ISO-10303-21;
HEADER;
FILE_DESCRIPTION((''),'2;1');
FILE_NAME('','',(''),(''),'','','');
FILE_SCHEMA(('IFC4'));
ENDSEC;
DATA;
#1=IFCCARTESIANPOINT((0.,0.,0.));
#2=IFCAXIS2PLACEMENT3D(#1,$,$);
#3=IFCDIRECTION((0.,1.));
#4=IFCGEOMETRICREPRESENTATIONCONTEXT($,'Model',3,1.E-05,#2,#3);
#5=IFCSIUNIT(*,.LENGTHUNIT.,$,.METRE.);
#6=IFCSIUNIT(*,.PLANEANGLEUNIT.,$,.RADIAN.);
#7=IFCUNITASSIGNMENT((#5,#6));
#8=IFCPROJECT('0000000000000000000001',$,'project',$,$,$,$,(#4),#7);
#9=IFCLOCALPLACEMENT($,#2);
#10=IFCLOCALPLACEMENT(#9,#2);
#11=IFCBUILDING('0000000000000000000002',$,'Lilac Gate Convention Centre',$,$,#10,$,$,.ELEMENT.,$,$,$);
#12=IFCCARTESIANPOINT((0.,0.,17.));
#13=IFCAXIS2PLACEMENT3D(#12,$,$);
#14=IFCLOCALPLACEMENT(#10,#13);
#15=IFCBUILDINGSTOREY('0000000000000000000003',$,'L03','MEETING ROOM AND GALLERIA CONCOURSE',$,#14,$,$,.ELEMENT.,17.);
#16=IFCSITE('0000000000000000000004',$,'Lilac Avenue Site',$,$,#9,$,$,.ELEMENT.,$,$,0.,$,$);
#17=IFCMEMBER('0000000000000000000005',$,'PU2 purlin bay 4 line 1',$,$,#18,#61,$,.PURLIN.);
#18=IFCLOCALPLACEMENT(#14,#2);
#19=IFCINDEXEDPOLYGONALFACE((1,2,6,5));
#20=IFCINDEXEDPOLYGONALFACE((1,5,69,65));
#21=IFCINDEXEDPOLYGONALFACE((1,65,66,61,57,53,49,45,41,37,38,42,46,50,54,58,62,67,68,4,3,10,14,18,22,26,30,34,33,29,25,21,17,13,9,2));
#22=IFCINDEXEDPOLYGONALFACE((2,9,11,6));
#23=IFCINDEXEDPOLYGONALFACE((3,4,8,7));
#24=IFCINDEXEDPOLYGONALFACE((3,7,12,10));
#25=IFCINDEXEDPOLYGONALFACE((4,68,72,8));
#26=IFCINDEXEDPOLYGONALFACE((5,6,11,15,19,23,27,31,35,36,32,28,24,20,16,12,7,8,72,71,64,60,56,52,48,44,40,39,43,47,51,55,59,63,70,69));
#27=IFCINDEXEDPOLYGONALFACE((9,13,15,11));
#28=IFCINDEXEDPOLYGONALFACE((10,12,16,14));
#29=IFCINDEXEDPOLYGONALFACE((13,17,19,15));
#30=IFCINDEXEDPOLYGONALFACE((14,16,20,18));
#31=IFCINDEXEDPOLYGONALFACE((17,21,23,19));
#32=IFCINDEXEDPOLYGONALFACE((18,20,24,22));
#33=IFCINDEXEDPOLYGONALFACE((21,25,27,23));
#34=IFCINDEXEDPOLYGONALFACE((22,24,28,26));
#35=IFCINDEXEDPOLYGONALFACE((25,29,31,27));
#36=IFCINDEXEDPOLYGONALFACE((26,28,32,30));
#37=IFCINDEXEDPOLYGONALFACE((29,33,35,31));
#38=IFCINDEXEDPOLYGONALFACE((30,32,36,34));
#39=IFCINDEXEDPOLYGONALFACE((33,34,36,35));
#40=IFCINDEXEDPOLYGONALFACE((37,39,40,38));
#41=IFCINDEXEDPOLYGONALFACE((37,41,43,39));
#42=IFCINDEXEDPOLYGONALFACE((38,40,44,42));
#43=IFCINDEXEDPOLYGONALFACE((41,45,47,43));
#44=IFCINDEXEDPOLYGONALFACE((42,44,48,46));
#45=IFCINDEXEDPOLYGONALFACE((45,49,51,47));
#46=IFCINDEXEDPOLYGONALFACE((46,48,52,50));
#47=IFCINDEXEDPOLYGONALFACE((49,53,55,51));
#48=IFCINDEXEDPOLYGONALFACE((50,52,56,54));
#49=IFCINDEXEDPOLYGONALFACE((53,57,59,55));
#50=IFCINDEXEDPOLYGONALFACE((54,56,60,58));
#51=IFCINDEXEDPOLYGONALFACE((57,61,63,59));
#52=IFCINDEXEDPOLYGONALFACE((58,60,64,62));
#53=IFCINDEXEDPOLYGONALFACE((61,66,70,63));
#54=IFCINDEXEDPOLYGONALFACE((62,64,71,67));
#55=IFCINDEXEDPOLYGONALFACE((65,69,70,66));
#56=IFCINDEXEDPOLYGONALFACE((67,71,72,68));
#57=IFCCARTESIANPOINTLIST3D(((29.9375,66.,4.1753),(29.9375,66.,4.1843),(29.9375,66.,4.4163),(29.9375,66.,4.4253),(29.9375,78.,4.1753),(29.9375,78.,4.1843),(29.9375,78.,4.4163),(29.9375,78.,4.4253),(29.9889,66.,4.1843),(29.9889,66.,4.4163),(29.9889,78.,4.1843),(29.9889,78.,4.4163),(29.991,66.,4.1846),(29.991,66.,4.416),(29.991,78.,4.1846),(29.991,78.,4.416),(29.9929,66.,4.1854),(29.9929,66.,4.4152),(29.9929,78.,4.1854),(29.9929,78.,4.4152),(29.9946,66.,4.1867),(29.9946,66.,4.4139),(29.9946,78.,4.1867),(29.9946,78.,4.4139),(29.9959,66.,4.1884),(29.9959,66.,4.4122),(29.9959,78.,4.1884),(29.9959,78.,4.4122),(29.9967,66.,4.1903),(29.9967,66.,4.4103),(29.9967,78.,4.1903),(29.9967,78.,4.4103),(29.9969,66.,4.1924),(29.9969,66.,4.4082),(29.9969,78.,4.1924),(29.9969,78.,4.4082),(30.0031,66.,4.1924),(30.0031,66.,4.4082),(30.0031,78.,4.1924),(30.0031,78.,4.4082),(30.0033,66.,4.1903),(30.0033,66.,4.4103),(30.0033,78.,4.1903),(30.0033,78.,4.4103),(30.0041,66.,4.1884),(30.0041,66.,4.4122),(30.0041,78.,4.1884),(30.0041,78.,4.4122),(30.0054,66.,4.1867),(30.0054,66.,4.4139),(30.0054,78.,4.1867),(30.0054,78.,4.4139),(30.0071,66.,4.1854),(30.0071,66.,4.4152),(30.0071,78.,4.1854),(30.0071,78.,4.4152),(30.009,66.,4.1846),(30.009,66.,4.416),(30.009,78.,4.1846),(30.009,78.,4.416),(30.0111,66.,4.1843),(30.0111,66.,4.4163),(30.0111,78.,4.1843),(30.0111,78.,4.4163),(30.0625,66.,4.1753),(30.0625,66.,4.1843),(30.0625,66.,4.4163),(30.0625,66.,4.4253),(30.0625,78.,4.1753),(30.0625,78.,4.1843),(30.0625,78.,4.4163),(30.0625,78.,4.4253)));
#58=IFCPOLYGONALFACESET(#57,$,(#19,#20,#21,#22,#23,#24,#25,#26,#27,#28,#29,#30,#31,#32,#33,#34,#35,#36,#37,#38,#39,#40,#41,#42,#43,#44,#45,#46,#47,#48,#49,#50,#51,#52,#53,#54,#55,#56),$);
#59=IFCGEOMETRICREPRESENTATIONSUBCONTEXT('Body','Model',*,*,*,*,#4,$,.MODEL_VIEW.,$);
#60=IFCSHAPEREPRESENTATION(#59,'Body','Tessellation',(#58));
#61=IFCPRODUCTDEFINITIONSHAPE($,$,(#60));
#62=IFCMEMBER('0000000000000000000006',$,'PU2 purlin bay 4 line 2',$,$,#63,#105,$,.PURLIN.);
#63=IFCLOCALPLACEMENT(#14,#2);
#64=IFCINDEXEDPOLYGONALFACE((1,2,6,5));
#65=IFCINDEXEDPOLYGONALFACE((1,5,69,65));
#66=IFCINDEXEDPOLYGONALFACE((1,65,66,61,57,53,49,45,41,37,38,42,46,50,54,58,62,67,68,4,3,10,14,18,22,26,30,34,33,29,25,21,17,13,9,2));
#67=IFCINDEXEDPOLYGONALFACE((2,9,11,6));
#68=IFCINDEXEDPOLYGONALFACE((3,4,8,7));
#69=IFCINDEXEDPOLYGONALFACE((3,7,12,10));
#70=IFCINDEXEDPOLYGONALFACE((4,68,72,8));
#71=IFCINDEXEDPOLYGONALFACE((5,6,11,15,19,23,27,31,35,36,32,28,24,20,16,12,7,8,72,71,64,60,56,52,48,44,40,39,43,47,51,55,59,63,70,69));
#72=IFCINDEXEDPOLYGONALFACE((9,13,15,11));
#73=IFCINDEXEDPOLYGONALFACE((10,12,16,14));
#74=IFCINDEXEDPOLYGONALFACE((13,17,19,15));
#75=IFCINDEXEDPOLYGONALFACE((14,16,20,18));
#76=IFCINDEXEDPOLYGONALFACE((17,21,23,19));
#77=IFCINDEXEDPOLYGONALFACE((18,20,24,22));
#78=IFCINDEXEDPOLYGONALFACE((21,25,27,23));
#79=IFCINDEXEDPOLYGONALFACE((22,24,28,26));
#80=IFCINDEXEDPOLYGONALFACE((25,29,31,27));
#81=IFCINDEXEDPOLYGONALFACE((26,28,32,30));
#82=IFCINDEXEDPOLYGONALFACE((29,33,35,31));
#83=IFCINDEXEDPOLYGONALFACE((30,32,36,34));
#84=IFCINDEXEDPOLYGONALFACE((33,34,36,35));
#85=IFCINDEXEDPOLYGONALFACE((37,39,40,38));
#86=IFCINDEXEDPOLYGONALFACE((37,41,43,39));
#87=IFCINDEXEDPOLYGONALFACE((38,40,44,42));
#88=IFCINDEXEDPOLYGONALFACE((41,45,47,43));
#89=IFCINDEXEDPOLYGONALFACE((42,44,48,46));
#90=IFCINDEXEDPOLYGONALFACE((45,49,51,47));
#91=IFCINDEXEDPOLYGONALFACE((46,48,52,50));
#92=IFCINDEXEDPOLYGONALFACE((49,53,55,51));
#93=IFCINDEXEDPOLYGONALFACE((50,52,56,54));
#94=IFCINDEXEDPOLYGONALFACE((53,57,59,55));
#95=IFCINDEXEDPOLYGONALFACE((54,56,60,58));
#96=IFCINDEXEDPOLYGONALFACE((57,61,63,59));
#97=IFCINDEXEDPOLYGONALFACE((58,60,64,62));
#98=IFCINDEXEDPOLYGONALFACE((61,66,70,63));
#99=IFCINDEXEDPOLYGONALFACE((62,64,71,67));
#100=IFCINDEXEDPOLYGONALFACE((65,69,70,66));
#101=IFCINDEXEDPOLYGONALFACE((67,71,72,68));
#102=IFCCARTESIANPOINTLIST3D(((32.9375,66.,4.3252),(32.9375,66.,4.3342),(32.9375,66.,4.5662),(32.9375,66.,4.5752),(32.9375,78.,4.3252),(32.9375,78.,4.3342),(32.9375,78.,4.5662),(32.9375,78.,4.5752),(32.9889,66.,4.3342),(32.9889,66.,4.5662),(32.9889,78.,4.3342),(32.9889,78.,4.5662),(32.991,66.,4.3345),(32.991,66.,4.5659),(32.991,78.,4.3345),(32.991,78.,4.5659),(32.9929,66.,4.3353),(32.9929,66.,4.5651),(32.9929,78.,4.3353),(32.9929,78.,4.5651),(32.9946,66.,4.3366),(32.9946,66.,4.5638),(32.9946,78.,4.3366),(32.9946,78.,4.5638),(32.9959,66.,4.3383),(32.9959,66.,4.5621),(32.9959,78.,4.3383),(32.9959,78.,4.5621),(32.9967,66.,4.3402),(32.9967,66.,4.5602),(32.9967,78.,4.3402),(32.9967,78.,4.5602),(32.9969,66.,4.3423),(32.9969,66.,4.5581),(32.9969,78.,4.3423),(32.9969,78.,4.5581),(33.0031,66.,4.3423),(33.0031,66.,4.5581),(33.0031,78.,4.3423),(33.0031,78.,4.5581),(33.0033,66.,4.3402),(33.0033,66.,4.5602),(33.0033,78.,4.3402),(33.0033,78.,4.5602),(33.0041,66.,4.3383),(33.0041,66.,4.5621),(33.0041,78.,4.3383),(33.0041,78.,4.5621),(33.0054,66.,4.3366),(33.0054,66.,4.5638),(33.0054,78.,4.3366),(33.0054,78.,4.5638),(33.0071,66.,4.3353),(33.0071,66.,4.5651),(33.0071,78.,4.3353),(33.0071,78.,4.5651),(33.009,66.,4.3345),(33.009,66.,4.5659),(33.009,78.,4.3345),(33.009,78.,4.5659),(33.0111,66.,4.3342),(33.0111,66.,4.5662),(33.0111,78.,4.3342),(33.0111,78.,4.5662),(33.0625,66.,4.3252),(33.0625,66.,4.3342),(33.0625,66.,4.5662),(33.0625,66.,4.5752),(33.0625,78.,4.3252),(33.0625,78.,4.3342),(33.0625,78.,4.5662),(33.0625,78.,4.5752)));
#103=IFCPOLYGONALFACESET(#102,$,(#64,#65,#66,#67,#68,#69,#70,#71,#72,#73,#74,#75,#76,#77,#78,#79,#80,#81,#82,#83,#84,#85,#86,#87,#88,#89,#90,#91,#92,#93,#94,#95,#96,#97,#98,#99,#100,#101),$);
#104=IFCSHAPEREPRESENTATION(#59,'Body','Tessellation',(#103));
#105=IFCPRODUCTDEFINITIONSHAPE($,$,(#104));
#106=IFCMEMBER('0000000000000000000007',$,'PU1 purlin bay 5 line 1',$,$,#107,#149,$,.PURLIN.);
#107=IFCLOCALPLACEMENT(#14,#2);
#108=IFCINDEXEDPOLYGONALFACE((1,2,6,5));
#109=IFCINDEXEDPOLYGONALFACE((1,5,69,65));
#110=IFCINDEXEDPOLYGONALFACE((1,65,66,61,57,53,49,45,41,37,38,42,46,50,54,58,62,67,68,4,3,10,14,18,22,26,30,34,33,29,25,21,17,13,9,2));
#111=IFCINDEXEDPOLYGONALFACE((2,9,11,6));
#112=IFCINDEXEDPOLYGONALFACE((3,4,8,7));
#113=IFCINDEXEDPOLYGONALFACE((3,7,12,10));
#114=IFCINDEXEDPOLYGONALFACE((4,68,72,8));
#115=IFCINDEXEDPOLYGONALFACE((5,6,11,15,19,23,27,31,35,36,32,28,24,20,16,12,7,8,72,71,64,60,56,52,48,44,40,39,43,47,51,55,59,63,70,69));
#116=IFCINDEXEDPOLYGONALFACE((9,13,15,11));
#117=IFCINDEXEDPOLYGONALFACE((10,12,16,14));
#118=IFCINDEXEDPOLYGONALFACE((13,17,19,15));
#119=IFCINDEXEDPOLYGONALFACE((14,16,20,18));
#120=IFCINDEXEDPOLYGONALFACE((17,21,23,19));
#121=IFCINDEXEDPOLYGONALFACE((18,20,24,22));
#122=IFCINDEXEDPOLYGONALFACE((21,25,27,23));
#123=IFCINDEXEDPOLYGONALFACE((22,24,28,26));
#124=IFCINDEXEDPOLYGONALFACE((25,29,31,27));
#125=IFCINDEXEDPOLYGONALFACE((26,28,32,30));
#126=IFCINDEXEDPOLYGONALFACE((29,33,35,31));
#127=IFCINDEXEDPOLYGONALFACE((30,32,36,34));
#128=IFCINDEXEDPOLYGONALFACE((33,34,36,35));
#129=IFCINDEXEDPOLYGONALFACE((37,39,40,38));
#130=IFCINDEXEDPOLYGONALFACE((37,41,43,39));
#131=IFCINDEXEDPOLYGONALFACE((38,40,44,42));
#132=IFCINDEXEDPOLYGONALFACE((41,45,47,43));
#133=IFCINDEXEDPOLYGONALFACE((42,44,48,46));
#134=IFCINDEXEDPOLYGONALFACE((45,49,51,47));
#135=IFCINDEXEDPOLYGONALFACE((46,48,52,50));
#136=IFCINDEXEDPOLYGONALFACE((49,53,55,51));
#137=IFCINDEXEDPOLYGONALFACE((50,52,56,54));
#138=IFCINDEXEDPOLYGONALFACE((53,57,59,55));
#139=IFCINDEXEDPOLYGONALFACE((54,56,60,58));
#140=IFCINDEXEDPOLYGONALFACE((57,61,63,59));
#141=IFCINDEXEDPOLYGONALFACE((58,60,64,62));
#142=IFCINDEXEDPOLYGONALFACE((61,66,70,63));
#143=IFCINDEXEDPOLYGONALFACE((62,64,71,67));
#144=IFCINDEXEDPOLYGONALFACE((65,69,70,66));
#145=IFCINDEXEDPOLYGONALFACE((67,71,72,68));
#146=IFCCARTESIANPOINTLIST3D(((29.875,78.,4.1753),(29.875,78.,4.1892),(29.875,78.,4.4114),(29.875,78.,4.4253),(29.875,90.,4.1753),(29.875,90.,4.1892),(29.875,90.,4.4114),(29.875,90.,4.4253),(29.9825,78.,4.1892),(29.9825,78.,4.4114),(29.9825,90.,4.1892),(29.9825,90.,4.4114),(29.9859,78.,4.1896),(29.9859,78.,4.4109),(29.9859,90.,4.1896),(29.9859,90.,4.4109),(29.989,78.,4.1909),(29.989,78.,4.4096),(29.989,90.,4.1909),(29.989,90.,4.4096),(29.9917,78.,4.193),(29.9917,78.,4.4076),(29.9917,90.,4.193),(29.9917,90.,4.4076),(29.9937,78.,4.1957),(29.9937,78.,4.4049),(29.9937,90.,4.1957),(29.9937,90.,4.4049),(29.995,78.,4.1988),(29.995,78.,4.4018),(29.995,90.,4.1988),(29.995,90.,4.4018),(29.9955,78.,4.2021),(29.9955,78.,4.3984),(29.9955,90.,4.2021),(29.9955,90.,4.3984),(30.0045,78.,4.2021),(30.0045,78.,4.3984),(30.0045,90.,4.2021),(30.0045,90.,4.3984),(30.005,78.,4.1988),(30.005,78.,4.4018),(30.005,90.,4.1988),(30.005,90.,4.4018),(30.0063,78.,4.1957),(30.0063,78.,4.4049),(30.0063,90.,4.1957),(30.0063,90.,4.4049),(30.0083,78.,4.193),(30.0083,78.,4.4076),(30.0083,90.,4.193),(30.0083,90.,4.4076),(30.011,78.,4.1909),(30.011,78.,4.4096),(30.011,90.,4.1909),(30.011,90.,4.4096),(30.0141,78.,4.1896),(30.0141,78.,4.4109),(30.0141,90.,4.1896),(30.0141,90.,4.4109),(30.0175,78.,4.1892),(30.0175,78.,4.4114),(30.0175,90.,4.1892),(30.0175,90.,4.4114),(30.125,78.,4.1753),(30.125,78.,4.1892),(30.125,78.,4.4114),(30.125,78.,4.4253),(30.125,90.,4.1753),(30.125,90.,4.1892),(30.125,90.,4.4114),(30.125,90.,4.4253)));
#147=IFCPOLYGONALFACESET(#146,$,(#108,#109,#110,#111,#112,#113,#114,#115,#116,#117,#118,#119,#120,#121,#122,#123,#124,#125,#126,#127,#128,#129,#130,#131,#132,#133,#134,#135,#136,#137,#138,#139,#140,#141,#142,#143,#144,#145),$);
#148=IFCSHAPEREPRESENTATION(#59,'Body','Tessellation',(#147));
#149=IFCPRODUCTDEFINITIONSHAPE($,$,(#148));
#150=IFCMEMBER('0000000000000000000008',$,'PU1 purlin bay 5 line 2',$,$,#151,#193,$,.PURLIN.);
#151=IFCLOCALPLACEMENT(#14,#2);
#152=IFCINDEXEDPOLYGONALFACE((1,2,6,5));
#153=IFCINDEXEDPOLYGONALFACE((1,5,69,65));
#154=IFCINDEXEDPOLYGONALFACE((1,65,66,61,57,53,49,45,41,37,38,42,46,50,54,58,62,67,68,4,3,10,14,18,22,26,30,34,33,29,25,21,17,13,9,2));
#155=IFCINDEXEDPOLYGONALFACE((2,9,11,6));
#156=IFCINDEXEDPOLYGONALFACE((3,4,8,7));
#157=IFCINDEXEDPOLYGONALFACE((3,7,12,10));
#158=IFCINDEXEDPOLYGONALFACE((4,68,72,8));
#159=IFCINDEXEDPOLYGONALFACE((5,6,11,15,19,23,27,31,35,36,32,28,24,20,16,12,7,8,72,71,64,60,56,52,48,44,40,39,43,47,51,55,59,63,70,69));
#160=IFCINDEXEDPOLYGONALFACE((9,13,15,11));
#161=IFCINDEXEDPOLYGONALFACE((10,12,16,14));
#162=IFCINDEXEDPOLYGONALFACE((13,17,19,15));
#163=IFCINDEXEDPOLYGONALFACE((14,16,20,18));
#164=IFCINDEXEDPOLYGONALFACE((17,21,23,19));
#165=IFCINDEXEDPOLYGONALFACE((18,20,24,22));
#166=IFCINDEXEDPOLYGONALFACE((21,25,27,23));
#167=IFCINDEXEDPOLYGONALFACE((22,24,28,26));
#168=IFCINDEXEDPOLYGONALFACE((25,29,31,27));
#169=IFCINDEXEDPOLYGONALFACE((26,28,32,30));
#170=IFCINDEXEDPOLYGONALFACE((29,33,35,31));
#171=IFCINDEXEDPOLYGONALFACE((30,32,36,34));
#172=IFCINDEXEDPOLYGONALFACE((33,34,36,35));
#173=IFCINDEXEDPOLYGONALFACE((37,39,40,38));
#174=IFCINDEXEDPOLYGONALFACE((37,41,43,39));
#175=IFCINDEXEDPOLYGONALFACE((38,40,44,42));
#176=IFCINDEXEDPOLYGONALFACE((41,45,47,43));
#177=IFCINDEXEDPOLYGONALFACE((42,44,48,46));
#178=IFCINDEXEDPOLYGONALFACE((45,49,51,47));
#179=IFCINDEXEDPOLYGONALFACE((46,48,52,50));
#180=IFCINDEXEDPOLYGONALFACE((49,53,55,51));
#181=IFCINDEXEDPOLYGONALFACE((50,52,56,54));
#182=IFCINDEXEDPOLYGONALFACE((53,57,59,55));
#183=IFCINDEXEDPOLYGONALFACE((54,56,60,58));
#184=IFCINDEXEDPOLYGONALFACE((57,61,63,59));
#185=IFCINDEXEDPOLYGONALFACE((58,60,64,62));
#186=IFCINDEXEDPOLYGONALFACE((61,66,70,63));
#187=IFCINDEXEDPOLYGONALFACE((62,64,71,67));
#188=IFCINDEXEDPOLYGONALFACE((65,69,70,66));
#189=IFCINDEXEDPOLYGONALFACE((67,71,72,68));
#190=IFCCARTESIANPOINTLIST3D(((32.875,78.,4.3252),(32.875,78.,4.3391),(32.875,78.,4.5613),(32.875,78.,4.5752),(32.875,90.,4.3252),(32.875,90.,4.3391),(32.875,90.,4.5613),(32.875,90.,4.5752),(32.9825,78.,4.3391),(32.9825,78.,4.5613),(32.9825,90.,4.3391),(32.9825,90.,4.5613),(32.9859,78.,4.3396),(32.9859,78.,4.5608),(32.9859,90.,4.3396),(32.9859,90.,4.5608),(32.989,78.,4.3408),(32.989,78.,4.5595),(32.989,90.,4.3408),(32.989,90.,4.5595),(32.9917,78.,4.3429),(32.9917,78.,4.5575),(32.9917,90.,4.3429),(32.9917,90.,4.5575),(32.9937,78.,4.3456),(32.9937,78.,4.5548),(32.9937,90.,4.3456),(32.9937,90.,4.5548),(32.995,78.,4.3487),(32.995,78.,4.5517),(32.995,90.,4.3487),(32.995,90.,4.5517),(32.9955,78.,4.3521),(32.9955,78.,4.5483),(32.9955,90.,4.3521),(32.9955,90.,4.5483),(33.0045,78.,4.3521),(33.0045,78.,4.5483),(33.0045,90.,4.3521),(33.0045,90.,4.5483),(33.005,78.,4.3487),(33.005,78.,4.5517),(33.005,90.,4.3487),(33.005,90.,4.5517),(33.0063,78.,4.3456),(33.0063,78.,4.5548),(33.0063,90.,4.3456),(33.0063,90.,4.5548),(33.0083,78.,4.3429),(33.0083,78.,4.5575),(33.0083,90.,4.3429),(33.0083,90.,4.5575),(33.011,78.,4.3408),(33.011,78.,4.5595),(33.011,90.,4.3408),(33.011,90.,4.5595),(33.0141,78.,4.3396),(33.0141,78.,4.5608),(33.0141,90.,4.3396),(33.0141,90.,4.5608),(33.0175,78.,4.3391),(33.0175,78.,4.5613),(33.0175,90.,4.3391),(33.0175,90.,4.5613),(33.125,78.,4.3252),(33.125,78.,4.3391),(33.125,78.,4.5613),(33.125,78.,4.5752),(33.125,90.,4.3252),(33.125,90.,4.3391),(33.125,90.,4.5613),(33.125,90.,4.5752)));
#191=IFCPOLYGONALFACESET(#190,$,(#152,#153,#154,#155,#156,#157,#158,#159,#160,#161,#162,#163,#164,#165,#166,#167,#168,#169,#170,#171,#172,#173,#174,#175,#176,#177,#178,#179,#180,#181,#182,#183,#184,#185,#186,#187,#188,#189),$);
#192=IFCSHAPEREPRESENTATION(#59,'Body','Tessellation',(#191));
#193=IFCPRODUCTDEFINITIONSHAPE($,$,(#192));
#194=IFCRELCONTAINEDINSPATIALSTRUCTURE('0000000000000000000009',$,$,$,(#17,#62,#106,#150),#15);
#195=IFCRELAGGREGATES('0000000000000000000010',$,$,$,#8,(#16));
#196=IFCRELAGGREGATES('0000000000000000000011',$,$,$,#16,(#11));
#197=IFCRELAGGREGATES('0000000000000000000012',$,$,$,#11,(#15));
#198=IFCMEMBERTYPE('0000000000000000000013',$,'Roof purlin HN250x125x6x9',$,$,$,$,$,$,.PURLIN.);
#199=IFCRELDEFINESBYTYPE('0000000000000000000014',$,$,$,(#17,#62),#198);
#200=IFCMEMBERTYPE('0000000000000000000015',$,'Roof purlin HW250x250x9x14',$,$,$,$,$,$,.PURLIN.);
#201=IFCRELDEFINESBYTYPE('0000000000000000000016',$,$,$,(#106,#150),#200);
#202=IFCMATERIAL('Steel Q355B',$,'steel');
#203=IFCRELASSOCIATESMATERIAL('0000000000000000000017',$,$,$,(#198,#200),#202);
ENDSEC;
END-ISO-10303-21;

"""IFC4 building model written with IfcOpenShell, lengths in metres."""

from ifc_helpers import new_model, si_unit, direction, frame, origin, origin_2d, place, context, subcontext, project, spatial, i_section, extrude, material, material_profile, profile_set, type_object, element, save


model = new_model("IFC4")

# Units and contexts
model_context = context("Model", 3, precision=1e-05, world=origin(), true_north=direction((0.0, 1.0)))
body_context = subcontext(model_context, "Body", "Model", "MODEL_VIEW")
ifc_project = project(units=[si_unit("LENGTHUNIT", "METRE"), si_unit("PLANEANGLEUNIT", "RADIAN")], contexts=[model_context])

# Site, building, storey
site_placement = place(None, origin())
site = spatial("IfcSite", under=ifc_project, at=site_placement, Name="Lilac Avenue Site", CompositionType="ELEMENT", RefElevation=0.0)
building_placement = place(site_placement, origin())
building = spatial("IfcBuilding", under=site, at=building_placement, Name="Lilac Gate Convention Centre", CompositionType="ELEMENT")
storey_placement = place(building_placement, frame((0.0, 0.0, 17.0)))
storey = spatial("IfcBuildingStorey", under=building, at=storey_placement, Name="L03", Description="MEETING ROOM AND GALLERIA CONCOURSE", CompositionType="ELEMENT", Elevation=17.0)

# Shared definitions
ifc_material_1 = material(Name="Steel Q355B", Category="steel")

# Members
ifc_material_profile_1 = material_profile(ifc_material_1, i_section(OverallWidth=0.125, OverallDepth=0.25, WebThickness=0.0061, FlangeThickness=0.009, FilletRadius=0.0081, at=origin_2d()), Name="HN250x125x6x9")
ifc_profile_set_1 = profile_set([ifc_material_profile_1], Name="Steel Q355B")
member_type_1 = type_object("IfcMemberType", Name="Roof purlin HN250x125x6x9", PredefinedType="PURLIN", material=ifc_profile_set_1)
for number, where, z_axis, x_axis, name in (
    (1, (30.0, 66.0, 4.3003), (0.0, 1.0, 0.0), (-1.0, 0.0, 0.0), "PU2 purlin bay 4 line 1"),
    (2, (33.0, 66.0, 4.4502), (0.0, 1.0, 0.0), (-1.0, 0.0, 0.0), "PU2 purlin bay 4 line 2"),
):
    element("IfcMember", number, at=place(storey_placement, frame(where, z_axis=z_axis, x_axis=x_axis)), inside=storey, type_object=member_type_1, Name=name, PredefinedType="PURLIN", context=body_context, shape_type="SweptSolid", body=[
        extrude(i_section(OverallWidth=0.125, OverallDepth=0.25, WebThickness=0.0061, FlangeThickness=0.009, FilletRadius=0.0081, at=origin_2d()), origin(), (0.0, 0.0, 1.0), 12.0),
    ])
ifc_material_profile_2 = material_profile(ifc_material_1, i_section(OverallWidth=0.25, OverallDepth=0.25, WebThickness=0.009, FlangeThickness=0.0139, FilletRadius=0.0129, at=origin_2d()), Name="HW250x250x9x14")
ifc_profile_set_2 = profile_set([ifc_material_profile_2], Name="Steel Q355B")
member_type_2 = type_object("IfcMemberType", Name="Roof purlin HW250x250x9x14", PredefinedType="PURLIN", material=ifc_profile_set_2)
for number, where, z_axis, x_axis, name in (
    (3, (30.0, 78.0, 4.3003), (0.0, 1.0, 0.0), (-1.0, 0.0, 0.0), "PU1 purlin bay 5 line 1"),
    (4, (33.0, 78.0, 4.4502), (0.0, 1.0, 0.0), (-1.0, 0.0, 0.0), "PU1 purlin bay 5 line 2"),
):
    element("IfcMember", number, at=place(storey_placement, frame(where, z_axis=z_axis, x_axis=x_axis)), inside=storey, type_object=member_type_2, Name=name, PredefinedType="PURLIN", context=body_context, shape_type="SweptSolid", body=[
        extrude(i_section(OverallWidth=0.25, OverallDepth=0.25, WebThickness=0.009, FlangeThickness=0.0139, FilletRadius=0.0129, at=origin_2d()), origin(), (0.0, 0.0, 1.0), 12.0),
    ])

save(model, "model.ifc")
